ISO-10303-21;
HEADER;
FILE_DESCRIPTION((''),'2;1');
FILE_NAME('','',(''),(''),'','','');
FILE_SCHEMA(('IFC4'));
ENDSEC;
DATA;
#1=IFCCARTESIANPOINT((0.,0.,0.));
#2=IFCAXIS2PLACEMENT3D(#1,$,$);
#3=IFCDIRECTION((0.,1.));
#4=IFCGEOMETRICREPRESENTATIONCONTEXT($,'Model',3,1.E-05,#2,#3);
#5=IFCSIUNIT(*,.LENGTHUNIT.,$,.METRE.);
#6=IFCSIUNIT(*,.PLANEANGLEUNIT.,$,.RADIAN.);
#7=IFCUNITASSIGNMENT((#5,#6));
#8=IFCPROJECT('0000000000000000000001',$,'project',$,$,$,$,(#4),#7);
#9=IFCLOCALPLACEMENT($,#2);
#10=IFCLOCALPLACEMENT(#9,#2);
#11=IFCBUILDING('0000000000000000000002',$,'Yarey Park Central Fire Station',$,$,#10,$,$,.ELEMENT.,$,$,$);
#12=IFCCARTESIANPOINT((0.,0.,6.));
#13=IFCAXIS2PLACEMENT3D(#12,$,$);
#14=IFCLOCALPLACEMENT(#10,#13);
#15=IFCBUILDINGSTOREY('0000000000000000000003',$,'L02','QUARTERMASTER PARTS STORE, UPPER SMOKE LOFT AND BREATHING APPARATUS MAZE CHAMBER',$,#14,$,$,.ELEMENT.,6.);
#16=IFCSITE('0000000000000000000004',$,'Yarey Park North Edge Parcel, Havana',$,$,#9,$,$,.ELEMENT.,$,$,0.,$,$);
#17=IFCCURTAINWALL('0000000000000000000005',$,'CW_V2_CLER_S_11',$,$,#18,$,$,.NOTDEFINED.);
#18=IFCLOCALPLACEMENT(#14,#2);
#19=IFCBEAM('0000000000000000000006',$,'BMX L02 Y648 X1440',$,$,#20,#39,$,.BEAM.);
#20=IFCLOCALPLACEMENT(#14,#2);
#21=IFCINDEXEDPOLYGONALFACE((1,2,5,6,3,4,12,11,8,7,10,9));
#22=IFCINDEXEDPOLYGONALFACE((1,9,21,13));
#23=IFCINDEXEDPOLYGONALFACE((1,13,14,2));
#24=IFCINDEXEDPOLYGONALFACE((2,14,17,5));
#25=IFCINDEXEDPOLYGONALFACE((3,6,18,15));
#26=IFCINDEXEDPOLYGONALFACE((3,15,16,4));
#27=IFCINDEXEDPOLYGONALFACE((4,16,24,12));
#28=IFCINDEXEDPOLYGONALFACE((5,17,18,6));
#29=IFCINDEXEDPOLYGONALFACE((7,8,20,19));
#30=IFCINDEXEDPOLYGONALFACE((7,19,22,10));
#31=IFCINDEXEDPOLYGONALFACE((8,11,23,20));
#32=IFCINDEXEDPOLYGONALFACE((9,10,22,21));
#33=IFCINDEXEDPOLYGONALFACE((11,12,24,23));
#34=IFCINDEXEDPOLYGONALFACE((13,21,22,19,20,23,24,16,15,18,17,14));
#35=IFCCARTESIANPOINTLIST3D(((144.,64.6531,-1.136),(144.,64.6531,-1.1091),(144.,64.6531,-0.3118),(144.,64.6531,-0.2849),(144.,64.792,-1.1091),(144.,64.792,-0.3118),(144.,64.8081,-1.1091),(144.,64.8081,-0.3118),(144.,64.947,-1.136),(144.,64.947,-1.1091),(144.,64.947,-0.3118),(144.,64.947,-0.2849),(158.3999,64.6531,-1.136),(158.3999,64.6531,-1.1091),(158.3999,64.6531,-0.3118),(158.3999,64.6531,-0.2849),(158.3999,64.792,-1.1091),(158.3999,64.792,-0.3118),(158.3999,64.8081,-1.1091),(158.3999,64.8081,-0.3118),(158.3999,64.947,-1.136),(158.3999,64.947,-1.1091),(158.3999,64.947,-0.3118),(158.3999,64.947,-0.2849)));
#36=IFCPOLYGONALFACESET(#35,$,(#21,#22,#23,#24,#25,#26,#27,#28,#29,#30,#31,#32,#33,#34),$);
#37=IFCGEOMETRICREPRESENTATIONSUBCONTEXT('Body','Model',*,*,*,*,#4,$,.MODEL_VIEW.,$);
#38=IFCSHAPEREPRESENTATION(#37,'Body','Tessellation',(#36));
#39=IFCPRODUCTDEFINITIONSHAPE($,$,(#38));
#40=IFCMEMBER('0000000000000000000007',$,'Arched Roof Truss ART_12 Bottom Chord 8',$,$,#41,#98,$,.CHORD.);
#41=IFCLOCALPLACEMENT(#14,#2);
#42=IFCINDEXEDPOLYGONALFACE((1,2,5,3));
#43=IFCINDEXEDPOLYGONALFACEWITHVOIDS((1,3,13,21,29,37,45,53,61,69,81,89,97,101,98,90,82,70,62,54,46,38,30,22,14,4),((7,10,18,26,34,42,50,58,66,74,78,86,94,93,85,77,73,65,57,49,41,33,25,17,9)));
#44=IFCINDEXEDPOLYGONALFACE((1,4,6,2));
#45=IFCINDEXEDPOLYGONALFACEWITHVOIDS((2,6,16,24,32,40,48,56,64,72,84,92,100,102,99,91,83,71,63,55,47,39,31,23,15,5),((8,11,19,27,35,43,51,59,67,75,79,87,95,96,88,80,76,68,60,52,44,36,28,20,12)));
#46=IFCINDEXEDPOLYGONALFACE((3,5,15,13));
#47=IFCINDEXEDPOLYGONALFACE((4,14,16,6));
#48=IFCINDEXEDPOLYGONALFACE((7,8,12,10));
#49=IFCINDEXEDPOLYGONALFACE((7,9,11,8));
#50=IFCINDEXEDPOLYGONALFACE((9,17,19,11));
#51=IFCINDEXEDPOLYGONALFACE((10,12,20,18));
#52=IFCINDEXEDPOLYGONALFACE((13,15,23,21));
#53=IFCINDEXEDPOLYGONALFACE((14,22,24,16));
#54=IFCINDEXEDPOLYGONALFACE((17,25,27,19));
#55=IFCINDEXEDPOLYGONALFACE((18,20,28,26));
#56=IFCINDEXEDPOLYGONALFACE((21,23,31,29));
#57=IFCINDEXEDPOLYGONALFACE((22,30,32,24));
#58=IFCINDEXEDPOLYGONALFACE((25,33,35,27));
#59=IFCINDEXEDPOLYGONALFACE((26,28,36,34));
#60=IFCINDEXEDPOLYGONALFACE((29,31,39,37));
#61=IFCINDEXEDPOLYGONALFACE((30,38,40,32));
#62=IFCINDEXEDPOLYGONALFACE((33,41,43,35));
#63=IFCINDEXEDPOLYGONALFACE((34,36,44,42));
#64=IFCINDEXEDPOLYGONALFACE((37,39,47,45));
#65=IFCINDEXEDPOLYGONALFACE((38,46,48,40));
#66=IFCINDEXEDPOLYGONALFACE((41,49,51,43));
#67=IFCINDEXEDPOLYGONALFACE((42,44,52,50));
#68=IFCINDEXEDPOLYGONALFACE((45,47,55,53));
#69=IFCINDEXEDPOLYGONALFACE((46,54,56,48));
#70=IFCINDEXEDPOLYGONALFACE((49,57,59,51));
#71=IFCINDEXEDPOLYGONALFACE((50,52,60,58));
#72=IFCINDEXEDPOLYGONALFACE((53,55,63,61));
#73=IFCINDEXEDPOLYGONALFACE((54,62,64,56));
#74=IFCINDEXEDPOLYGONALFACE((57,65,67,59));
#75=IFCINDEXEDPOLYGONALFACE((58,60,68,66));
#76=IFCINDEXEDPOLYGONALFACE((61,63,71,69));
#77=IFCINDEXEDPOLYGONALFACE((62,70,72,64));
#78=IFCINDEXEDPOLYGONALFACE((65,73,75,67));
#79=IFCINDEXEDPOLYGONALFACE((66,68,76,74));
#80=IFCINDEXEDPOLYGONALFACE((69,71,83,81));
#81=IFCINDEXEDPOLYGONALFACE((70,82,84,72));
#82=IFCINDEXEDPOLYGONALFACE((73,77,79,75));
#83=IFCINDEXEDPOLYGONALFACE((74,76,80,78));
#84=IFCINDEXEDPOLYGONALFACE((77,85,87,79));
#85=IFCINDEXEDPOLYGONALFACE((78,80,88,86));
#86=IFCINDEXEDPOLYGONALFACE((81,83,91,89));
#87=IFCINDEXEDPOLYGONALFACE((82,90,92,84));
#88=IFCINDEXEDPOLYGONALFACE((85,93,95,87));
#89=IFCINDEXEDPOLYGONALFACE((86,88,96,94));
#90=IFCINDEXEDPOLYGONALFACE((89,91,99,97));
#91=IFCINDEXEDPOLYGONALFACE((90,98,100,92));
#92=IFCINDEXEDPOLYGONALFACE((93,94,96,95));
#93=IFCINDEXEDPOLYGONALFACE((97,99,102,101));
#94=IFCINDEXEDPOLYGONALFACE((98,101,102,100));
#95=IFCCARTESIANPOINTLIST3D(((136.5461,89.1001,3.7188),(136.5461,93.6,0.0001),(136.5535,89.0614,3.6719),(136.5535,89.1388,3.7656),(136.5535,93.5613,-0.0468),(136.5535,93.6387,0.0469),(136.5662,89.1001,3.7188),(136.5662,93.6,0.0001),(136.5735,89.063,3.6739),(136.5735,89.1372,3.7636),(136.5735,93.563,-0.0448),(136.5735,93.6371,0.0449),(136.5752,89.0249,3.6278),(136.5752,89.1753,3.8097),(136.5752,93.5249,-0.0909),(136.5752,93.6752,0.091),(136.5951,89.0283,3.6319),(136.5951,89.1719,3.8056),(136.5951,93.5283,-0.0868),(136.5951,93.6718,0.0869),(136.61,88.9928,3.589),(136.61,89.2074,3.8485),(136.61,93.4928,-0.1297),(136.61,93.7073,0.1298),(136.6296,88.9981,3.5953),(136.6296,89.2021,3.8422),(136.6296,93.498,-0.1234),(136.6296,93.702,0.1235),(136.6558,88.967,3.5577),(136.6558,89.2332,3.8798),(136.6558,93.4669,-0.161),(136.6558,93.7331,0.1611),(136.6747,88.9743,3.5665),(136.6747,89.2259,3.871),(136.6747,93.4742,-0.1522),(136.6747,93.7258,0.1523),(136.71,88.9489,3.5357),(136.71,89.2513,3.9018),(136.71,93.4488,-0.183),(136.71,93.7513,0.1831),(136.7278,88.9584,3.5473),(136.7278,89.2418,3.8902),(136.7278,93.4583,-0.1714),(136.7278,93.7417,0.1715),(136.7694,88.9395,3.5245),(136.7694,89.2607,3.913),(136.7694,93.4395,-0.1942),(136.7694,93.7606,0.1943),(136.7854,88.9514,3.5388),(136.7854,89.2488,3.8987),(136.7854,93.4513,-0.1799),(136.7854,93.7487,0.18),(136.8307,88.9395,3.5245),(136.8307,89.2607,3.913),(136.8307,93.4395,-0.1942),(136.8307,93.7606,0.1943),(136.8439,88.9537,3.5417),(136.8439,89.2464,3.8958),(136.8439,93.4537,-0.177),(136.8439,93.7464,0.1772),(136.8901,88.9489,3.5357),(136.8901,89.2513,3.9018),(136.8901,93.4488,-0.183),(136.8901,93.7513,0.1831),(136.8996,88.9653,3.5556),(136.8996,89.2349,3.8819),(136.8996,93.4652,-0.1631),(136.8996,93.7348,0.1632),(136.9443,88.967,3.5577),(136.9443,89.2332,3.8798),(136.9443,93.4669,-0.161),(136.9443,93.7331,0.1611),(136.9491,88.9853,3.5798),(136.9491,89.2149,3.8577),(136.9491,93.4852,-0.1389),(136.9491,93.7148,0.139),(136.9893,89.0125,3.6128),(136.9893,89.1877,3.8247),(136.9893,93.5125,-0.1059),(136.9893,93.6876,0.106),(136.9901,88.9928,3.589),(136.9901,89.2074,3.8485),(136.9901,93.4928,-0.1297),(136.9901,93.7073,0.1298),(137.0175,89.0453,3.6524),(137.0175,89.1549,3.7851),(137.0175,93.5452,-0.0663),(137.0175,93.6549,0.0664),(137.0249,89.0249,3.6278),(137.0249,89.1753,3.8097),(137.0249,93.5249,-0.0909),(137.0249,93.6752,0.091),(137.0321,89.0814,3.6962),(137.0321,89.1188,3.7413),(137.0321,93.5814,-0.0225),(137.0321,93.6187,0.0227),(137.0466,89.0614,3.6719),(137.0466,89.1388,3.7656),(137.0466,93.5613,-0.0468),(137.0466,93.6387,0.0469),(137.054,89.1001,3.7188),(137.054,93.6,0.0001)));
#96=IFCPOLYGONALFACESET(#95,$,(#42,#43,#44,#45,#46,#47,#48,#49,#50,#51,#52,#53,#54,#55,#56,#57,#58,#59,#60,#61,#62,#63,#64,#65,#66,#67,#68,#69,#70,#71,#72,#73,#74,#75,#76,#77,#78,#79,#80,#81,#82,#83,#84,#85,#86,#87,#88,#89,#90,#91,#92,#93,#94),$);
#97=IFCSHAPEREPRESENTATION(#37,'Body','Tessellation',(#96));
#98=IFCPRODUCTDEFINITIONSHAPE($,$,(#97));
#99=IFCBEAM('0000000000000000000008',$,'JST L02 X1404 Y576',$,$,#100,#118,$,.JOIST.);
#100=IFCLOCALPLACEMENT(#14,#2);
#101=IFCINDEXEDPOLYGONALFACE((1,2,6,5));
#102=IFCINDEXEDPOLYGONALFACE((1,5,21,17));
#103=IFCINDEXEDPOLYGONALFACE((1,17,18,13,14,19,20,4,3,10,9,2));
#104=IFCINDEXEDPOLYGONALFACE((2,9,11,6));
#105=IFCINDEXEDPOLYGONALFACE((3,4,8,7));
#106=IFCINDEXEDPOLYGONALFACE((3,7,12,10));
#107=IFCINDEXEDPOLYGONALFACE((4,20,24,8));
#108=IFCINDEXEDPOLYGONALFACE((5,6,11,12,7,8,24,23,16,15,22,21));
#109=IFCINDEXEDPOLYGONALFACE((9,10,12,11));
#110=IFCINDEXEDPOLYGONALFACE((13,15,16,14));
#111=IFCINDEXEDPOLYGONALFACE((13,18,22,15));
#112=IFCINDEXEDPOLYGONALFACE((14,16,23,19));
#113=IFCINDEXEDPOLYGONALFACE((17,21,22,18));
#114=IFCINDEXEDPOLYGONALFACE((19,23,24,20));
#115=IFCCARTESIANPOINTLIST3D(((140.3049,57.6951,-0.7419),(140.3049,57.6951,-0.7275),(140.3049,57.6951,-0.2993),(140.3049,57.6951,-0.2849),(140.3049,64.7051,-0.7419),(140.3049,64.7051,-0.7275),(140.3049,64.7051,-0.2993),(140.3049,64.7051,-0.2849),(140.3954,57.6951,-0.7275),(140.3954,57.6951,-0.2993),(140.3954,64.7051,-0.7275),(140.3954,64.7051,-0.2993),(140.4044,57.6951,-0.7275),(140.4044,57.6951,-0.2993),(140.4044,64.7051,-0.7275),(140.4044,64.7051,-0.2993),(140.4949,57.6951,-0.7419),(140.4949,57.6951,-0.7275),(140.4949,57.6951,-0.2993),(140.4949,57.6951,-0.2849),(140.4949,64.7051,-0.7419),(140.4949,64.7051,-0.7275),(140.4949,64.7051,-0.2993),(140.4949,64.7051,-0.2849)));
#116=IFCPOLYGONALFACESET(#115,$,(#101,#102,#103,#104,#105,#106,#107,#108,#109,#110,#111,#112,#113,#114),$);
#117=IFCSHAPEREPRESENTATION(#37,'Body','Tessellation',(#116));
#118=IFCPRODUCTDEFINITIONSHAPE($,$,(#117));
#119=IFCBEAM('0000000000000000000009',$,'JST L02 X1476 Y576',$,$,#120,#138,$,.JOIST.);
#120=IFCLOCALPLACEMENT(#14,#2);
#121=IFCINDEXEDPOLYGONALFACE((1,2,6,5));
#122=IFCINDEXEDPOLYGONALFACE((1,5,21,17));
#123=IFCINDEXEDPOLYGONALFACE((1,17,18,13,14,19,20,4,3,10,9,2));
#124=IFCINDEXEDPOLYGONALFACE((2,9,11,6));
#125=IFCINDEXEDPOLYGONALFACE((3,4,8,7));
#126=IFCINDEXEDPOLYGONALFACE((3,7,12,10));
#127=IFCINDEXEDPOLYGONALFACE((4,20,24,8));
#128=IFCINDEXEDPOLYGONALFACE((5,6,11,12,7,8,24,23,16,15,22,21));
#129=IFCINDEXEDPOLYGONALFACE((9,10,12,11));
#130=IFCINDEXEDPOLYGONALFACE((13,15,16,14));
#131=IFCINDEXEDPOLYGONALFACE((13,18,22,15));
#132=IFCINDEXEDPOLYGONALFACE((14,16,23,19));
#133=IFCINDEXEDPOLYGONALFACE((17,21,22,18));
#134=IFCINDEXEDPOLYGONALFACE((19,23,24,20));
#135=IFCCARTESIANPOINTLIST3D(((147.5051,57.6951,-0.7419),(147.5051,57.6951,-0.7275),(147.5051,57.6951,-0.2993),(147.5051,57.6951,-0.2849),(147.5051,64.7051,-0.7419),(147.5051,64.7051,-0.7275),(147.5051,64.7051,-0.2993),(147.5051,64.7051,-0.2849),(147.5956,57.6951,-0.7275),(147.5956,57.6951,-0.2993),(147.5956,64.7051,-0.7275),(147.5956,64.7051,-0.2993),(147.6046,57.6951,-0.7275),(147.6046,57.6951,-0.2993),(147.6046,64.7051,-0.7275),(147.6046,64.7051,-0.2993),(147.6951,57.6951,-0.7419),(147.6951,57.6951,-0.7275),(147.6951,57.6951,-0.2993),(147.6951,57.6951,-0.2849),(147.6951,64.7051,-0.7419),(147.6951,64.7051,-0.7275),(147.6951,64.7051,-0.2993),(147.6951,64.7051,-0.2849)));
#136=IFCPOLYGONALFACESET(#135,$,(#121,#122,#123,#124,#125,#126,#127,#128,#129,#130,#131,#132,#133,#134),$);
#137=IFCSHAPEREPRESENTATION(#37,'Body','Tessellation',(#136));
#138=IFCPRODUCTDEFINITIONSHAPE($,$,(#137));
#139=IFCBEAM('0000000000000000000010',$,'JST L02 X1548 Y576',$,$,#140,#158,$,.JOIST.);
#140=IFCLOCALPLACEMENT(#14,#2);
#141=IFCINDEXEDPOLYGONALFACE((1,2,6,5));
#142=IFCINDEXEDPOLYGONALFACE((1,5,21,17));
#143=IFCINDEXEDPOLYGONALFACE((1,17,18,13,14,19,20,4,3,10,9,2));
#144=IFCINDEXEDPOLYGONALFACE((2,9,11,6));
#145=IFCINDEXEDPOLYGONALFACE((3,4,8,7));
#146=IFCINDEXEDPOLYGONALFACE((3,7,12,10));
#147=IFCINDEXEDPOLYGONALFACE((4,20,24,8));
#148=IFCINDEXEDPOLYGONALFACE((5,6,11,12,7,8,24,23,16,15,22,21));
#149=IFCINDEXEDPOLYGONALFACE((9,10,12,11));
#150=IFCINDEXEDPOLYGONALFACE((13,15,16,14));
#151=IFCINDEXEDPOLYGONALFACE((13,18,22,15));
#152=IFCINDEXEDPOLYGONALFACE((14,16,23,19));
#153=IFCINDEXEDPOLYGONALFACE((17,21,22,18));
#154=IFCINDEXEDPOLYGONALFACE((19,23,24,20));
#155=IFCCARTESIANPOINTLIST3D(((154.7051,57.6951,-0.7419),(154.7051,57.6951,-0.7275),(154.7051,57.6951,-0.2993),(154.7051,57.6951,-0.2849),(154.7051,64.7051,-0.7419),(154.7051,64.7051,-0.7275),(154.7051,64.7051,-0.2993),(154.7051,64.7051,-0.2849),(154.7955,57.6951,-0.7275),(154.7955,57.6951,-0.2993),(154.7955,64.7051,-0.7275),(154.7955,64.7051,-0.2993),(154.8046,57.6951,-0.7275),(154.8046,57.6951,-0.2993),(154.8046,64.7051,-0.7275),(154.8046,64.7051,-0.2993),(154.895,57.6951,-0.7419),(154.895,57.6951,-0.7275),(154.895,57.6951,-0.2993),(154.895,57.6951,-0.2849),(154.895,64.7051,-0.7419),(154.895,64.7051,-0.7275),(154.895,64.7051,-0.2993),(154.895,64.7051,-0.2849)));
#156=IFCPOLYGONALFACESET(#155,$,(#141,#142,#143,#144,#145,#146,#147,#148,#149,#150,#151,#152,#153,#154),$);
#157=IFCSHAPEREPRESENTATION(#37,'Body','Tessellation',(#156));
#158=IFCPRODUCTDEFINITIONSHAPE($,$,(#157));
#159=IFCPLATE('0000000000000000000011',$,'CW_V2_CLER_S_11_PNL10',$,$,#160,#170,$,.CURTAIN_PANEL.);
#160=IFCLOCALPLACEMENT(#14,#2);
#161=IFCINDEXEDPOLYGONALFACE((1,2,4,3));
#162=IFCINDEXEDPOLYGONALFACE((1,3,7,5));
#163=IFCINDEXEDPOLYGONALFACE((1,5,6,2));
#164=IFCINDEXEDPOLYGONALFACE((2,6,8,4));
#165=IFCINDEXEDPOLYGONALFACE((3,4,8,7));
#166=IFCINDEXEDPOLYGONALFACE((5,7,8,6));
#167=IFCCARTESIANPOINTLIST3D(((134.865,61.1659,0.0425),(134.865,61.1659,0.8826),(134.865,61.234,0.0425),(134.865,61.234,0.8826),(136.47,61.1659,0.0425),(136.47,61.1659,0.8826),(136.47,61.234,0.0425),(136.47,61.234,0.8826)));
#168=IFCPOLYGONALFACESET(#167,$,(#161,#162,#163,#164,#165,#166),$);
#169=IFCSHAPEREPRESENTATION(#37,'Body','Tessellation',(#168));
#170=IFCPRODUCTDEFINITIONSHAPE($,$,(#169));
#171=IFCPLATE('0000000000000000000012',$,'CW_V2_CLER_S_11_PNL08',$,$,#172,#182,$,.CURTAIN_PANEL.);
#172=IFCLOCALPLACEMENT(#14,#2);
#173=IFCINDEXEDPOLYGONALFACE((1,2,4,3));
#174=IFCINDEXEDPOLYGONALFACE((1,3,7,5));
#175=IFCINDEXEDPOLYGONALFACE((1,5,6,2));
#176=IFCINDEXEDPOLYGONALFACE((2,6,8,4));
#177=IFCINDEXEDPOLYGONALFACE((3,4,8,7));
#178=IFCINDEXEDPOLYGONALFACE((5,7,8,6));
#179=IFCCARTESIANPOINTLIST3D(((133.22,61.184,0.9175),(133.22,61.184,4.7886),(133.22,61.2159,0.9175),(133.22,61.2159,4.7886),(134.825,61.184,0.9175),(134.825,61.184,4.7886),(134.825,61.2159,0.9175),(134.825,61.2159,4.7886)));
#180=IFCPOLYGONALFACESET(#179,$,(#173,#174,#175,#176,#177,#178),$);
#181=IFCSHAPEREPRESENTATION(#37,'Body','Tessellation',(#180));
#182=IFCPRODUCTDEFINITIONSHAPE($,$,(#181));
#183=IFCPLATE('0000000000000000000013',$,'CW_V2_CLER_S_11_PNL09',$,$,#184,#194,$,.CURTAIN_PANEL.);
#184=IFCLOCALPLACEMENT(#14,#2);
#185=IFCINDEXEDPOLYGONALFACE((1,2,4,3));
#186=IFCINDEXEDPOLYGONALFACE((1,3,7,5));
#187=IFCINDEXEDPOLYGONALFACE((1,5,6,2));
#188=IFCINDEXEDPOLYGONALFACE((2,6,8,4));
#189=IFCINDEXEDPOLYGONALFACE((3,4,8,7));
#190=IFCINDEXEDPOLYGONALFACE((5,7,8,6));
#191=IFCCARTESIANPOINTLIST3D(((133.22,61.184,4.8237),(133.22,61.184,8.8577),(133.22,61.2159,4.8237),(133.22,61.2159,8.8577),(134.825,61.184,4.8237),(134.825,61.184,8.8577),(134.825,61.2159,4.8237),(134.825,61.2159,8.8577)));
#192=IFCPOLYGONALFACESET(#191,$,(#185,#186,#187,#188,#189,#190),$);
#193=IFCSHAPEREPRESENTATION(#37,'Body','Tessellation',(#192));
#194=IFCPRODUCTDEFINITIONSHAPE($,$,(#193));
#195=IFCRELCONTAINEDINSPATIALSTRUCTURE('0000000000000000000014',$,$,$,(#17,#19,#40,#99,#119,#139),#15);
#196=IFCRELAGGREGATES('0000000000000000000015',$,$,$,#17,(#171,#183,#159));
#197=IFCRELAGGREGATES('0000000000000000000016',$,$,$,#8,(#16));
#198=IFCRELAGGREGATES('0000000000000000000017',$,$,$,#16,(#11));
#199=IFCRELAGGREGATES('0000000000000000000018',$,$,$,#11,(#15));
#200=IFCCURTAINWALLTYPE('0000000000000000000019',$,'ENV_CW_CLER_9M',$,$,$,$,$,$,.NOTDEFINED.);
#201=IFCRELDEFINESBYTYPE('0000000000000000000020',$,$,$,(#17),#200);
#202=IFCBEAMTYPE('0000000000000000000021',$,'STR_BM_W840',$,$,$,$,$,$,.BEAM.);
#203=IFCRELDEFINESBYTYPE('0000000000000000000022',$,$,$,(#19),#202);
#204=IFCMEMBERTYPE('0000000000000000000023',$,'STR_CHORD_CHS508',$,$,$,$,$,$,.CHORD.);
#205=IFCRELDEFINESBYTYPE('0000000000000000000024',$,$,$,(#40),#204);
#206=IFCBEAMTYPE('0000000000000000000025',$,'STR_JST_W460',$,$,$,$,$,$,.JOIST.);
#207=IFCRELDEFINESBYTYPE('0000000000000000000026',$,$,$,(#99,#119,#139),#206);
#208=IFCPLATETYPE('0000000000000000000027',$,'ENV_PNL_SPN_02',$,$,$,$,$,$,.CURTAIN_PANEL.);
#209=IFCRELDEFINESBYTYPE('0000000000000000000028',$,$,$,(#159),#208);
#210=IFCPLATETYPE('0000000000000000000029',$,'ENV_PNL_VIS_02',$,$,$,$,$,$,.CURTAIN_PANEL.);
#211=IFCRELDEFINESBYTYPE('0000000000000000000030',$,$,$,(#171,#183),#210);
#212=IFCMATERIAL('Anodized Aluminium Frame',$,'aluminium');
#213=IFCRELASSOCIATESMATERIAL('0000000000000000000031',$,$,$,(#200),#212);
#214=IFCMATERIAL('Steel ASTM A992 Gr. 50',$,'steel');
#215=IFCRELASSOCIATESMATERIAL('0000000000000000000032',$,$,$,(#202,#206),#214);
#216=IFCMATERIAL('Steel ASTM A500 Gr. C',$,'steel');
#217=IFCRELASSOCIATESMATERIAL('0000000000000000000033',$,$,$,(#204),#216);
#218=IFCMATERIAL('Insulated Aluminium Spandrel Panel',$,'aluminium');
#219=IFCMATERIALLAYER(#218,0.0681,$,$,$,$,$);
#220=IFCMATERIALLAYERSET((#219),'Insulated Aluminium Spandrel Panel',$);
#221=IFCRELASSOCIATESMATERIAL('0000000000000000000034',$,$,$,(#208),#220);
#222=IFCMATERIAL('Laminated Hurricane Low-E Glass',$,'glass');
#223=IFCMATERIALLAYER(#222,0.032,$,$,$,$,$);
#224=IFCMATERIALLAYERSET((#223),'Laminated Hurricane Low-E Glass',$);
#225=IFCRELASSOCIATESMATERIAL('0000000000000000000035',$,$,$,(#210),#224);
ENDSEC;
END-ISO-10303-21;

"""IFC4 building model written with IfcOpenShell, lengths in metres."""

from ifc_helpers import new_model, si_unit, direction, frame, origin, origin_2d, place, context, subcontext, project, spatial, rectangle, hollow_circle, i_section, extrude, material, layer, layer_set, material_profile, profile_set, type_object, element, aggregate, save


model = new_model("IFC4")

# Units and contexts
model_context = context("Model", 3, precision=1e-05, world=origin(), true_north=direction((0.0, 1.0)))
body_context = subcontext(model_context, "Body", "Model", "MODEL_VIEW")
ifc_project = project(units=[si_unit("LENGTHUNIT", "METRE"), si_unit("PLANEANGLEUNIT", "RADIAN")], contexts=[model_context])

# Site, building, storey
site_placement = place(None, origin())
site = spatial("IfcSite", under=ifc_project, at=site_placement, Name="Yarey Park North Edge Parcel, Havana", CompositionType="ELEMENT", RefElevation=0.0)
building_placement = place(site_placement, origin())
building = spatial("IfcBuilding", under=site, at=building_placement, Name="Yarey Park Central Fire Station", CompositionType="ELEMENT")
storey_placement = place(building_placement, frame((0.0, 0.0, 6.0)))
storey = spatial("IfcBuildingStorey", under=building, at=storey_placement, Name="L02", Description="QUARTERMASTER PARTS STORE, UPPER SMOKE LOFT AND BREATHING APPARATUS MAZE CHAMBER", CompositionType="ELEMENT", Elevation=6.0)

# Shared definitions
ifc_material_1 = material(Name="Steel ASTM A992 Gr. 50", Category="steel")

# Curtain wall
ifc_material_2 = material(Name="Anodized Aluminium Frame", Category="aluminium")
curtain_wall_type = type_object("IfcCurtainWallType", Name="ENV_CW_CLER_9M", PredefinedType="NOTDEFINED", material=ifc_material_2)
curtain_wall_placement = place(storey_placement, origin())
curtain_wall = element("IfcCurtainWall", 1, at=curtain_wall_placement, inside=storey, type_object=curtain_wall_type, Name="CW_V2_CLER_S_11", PredefinedType="NOTDEFINED")

# Beam
ifc_material_profile_1 = material_profile(ifc_material_1, i_section(OverallWidth=0.2939, OverallDepth=0.8511, WebThickness=0.0161, FlangeThickness=0.0269, at=origin_2d()), Name="W840x226")
ifc_profile_set_1 = profile_set([ifc_material_profile_1], Name="Steel ASTM A992 Gr. 50")
beam_type_1 = type_object("IfcBeamType", Name="STR_BM_W840", PredefinedType="BEAM", material=ifc_profile_set_1)
beam_1_placement = place(storey_placement, frame((144.0, 64.8, -0.7104), z_axis=(1.0, 0.0, 0.0), x_axis=(0.0, 1.0, 0.0)))
element("IfcBeam", 2, at=beam_1_placement, inside=storey, type_object=beam_type_1, Name="BMX L02 Y648 X1440", PredefinedType="BEAM", context=body_context, shape_type="SweptSolid", body=[
    extrude(i_section(OverallWidth=0.2939, OverallDepth=0.8511, WebThickness=0.0161, FlangeThickness=0.0269, at=origin_2d()), origin(), (0.0, 0.0, 1.0), 14.3999),
])

# Member
ifc_material_3 = material(Name="Steel ASTM A500 Gr. C", Category="steel")
ifc_material_profile_2 = material_profile(ifc_material_3, hollow_circle(Radius=0.2539, WallThickness=0.02, at=origin_2d()), Name="CHS 508x20")
ifc_profile_set_2 = profile_set([ifc_material_profile_2], Name="Steel ASTM A500 Gr. C")
member_type_1 = type_object("IfcMemberType", Name="STR_CHORD_CHS508", PredefinedType="CHORD", material=ifc_profile_set_2)
member_1_placement = place(storey_placement, frame((136.8, 89.1001, 3.7188), z_axis=(0.0, 0.770847, -0.63702), x_axis=(-1.0, 0.0, 0.0)))
element("IfcMember", 3, at=member_1_placement, inside=storey, type_object=member_type_1, Name="Arched Roof Truss ART_12 Bottom Chord 8", PredefinedType="CHORD", context=body_context, shape_type="SweptSolid", body=[
    extrude(hollow_circle(Radius=0.2539, WallThickness=0.02, at=origin_2d()), origin(), (0.0, 0.0, 1.0), 5.8376),
])

# Beams
ifc_material_profile_3 = material_profile(ifc_material_1, i_section(OverallWidth=0.1899, OverallDepth=0.457, WebThickness=0.009, FlangeThickness=0.0144, at=origin_2d()), Name="W460x74")
ifc_profile_set_3 = profile_set([ifc_material_profile_3], Name="Steel ASTM A992 Gr. 50")
beam_type_2 = type_object("IfcBeamType", Name="STR_JST_W460", PredefinedType="JOIST", material=ifc_profile_set_3)
for number, where, z_axis, x_axis, name in (
    (4, (140.3999, 57.6951, -0.5134), (0.0, 1.0, 0.0), (-1.0, 0.0, 0.0), "JST L02 X1404 Y576"),
    (5, (147.6001, 57.6951, -0.5134), (0.0, 1.0, 0.0), (-1.0, 0.0, 0.0), "JST L02 X1476 Y576"),
    (6, (154.8, 57.6951, -0.5134), (0.0, 1.0, 0.0), (-1.0, 0.0, 0.0), "JST L02 X1548 Y576"),
):
    element("IfcBeam", number, at=place(storey_placement, frame(where, z_axis=z_axis, x_axis=x_axis)), inside=storey, type_object=beam_type_2, Name=name, PredefinedType="JOIST", context=body_context, shape_type="SweptSolid", body=[
        extrude(i_section(OverallWidth=0.1899, OverallDepth=0.457, WebThickness=0.009, FlangeThickness=0.0144, at=origin_2d()), origin(), (0.0, 0.0, 1.0), 7.01),
    ])

# Plates
ifc_material_4 = material(Name="Insulated Aluminium Spandrel Panel", Category="aluminium")
ifc_layer_1 = layer(ifc_material_4, 0.0681)
ifc_layer_set_1 = layer_set([ifc_layer_1], Name="Insulated Aluminium Spandrel Panel")
plate_type_1 = type_object("IfcPlateType", Name="ENV_PNL_SPN_02", PredefinedType="CURTAIN_PANEL", material=ifc_layer_set_1)
plate_1_placement = place(storey_placement, frame((135.6675, 61.2, 0.0425), z_axis=(0.0, 0.0, 1.0), x_axis=(1.0, 0.0, 0.0)))
plate_1 = element("IfcPlate", 7, at=plate_1_placement, type_object=plate_type_1, Name="CW_V2_CLER_S_11_PNL10", PredefinedType="CURTAIN_PANEL", context=body_context, shape_type="SweptSolid", body=[
    extrude(rectangle(XDim=1.605, YDim=0.0681, at=origin_2d()), origin(), (0.0, 0.0, 1.0), 0.8401),
])
ifc_material_5 = material(Name="Laminated Hurricane Low-E Glass", Category="glass")
ifc_layer_2 = layer(ifc_material_5, 0.032)
ifc_layer_set_2 = layer_set([ifc_layer_2], Name="Laminated Hurricane Low-E Glass")
plate_type_2 = type_object("IfcPlateType", Name="ENV_PNL_VIS_02", PredefinedType="CURTAIN_PANEL", material=ifc_layer_set_2)
plate_2_placement = place(storey_placement, frame((134.0225, 61.2, 0.9175), z_axis=(0.0, 0.0, 1.0), x_axis=(1.0, 0.0, 0.0)))
plate_2 = element("IfcPlate", 8, at=plate_2_placement, type_object=plate_type_2, Name="CW_V2_CLER_S_11_PNL08", PredefinedType="CURTAIN_PANEL", context=body_context, shape_type="SweptSolid", body=[
    extrude(rectangle(XDim=1.605, YDim=0.032, at=origin_2d()), origin(), (0.0, 0.0, 1.0), 3.8711),
])
plate_3_placement = place(storey_placement, frame((134.0225, 61.2, 4.8237), z_axis=(0.0, 0.0, 1.0), x_axis=(1.0, 0.0, 0.0)))
plate_3 = element("IfcPlate", 9, at=plate_3_placement, type_object=plate_type_2, Name="CW_V2_CLER_S_11_PNL09", PredefinedType="CURTAIN_PANEL", context=body_context, shape_type="SweptSolid", body=[
    extrude(rectangle(XDim=1.605, YDim=0.032, at=origin_2d()), origin(), (0.0, 0.0, 1.0), 4.0339),
])
aggregate(curtain_wall, [plate_2, plate_3, plate_1])

save(model, "model.ifc")
